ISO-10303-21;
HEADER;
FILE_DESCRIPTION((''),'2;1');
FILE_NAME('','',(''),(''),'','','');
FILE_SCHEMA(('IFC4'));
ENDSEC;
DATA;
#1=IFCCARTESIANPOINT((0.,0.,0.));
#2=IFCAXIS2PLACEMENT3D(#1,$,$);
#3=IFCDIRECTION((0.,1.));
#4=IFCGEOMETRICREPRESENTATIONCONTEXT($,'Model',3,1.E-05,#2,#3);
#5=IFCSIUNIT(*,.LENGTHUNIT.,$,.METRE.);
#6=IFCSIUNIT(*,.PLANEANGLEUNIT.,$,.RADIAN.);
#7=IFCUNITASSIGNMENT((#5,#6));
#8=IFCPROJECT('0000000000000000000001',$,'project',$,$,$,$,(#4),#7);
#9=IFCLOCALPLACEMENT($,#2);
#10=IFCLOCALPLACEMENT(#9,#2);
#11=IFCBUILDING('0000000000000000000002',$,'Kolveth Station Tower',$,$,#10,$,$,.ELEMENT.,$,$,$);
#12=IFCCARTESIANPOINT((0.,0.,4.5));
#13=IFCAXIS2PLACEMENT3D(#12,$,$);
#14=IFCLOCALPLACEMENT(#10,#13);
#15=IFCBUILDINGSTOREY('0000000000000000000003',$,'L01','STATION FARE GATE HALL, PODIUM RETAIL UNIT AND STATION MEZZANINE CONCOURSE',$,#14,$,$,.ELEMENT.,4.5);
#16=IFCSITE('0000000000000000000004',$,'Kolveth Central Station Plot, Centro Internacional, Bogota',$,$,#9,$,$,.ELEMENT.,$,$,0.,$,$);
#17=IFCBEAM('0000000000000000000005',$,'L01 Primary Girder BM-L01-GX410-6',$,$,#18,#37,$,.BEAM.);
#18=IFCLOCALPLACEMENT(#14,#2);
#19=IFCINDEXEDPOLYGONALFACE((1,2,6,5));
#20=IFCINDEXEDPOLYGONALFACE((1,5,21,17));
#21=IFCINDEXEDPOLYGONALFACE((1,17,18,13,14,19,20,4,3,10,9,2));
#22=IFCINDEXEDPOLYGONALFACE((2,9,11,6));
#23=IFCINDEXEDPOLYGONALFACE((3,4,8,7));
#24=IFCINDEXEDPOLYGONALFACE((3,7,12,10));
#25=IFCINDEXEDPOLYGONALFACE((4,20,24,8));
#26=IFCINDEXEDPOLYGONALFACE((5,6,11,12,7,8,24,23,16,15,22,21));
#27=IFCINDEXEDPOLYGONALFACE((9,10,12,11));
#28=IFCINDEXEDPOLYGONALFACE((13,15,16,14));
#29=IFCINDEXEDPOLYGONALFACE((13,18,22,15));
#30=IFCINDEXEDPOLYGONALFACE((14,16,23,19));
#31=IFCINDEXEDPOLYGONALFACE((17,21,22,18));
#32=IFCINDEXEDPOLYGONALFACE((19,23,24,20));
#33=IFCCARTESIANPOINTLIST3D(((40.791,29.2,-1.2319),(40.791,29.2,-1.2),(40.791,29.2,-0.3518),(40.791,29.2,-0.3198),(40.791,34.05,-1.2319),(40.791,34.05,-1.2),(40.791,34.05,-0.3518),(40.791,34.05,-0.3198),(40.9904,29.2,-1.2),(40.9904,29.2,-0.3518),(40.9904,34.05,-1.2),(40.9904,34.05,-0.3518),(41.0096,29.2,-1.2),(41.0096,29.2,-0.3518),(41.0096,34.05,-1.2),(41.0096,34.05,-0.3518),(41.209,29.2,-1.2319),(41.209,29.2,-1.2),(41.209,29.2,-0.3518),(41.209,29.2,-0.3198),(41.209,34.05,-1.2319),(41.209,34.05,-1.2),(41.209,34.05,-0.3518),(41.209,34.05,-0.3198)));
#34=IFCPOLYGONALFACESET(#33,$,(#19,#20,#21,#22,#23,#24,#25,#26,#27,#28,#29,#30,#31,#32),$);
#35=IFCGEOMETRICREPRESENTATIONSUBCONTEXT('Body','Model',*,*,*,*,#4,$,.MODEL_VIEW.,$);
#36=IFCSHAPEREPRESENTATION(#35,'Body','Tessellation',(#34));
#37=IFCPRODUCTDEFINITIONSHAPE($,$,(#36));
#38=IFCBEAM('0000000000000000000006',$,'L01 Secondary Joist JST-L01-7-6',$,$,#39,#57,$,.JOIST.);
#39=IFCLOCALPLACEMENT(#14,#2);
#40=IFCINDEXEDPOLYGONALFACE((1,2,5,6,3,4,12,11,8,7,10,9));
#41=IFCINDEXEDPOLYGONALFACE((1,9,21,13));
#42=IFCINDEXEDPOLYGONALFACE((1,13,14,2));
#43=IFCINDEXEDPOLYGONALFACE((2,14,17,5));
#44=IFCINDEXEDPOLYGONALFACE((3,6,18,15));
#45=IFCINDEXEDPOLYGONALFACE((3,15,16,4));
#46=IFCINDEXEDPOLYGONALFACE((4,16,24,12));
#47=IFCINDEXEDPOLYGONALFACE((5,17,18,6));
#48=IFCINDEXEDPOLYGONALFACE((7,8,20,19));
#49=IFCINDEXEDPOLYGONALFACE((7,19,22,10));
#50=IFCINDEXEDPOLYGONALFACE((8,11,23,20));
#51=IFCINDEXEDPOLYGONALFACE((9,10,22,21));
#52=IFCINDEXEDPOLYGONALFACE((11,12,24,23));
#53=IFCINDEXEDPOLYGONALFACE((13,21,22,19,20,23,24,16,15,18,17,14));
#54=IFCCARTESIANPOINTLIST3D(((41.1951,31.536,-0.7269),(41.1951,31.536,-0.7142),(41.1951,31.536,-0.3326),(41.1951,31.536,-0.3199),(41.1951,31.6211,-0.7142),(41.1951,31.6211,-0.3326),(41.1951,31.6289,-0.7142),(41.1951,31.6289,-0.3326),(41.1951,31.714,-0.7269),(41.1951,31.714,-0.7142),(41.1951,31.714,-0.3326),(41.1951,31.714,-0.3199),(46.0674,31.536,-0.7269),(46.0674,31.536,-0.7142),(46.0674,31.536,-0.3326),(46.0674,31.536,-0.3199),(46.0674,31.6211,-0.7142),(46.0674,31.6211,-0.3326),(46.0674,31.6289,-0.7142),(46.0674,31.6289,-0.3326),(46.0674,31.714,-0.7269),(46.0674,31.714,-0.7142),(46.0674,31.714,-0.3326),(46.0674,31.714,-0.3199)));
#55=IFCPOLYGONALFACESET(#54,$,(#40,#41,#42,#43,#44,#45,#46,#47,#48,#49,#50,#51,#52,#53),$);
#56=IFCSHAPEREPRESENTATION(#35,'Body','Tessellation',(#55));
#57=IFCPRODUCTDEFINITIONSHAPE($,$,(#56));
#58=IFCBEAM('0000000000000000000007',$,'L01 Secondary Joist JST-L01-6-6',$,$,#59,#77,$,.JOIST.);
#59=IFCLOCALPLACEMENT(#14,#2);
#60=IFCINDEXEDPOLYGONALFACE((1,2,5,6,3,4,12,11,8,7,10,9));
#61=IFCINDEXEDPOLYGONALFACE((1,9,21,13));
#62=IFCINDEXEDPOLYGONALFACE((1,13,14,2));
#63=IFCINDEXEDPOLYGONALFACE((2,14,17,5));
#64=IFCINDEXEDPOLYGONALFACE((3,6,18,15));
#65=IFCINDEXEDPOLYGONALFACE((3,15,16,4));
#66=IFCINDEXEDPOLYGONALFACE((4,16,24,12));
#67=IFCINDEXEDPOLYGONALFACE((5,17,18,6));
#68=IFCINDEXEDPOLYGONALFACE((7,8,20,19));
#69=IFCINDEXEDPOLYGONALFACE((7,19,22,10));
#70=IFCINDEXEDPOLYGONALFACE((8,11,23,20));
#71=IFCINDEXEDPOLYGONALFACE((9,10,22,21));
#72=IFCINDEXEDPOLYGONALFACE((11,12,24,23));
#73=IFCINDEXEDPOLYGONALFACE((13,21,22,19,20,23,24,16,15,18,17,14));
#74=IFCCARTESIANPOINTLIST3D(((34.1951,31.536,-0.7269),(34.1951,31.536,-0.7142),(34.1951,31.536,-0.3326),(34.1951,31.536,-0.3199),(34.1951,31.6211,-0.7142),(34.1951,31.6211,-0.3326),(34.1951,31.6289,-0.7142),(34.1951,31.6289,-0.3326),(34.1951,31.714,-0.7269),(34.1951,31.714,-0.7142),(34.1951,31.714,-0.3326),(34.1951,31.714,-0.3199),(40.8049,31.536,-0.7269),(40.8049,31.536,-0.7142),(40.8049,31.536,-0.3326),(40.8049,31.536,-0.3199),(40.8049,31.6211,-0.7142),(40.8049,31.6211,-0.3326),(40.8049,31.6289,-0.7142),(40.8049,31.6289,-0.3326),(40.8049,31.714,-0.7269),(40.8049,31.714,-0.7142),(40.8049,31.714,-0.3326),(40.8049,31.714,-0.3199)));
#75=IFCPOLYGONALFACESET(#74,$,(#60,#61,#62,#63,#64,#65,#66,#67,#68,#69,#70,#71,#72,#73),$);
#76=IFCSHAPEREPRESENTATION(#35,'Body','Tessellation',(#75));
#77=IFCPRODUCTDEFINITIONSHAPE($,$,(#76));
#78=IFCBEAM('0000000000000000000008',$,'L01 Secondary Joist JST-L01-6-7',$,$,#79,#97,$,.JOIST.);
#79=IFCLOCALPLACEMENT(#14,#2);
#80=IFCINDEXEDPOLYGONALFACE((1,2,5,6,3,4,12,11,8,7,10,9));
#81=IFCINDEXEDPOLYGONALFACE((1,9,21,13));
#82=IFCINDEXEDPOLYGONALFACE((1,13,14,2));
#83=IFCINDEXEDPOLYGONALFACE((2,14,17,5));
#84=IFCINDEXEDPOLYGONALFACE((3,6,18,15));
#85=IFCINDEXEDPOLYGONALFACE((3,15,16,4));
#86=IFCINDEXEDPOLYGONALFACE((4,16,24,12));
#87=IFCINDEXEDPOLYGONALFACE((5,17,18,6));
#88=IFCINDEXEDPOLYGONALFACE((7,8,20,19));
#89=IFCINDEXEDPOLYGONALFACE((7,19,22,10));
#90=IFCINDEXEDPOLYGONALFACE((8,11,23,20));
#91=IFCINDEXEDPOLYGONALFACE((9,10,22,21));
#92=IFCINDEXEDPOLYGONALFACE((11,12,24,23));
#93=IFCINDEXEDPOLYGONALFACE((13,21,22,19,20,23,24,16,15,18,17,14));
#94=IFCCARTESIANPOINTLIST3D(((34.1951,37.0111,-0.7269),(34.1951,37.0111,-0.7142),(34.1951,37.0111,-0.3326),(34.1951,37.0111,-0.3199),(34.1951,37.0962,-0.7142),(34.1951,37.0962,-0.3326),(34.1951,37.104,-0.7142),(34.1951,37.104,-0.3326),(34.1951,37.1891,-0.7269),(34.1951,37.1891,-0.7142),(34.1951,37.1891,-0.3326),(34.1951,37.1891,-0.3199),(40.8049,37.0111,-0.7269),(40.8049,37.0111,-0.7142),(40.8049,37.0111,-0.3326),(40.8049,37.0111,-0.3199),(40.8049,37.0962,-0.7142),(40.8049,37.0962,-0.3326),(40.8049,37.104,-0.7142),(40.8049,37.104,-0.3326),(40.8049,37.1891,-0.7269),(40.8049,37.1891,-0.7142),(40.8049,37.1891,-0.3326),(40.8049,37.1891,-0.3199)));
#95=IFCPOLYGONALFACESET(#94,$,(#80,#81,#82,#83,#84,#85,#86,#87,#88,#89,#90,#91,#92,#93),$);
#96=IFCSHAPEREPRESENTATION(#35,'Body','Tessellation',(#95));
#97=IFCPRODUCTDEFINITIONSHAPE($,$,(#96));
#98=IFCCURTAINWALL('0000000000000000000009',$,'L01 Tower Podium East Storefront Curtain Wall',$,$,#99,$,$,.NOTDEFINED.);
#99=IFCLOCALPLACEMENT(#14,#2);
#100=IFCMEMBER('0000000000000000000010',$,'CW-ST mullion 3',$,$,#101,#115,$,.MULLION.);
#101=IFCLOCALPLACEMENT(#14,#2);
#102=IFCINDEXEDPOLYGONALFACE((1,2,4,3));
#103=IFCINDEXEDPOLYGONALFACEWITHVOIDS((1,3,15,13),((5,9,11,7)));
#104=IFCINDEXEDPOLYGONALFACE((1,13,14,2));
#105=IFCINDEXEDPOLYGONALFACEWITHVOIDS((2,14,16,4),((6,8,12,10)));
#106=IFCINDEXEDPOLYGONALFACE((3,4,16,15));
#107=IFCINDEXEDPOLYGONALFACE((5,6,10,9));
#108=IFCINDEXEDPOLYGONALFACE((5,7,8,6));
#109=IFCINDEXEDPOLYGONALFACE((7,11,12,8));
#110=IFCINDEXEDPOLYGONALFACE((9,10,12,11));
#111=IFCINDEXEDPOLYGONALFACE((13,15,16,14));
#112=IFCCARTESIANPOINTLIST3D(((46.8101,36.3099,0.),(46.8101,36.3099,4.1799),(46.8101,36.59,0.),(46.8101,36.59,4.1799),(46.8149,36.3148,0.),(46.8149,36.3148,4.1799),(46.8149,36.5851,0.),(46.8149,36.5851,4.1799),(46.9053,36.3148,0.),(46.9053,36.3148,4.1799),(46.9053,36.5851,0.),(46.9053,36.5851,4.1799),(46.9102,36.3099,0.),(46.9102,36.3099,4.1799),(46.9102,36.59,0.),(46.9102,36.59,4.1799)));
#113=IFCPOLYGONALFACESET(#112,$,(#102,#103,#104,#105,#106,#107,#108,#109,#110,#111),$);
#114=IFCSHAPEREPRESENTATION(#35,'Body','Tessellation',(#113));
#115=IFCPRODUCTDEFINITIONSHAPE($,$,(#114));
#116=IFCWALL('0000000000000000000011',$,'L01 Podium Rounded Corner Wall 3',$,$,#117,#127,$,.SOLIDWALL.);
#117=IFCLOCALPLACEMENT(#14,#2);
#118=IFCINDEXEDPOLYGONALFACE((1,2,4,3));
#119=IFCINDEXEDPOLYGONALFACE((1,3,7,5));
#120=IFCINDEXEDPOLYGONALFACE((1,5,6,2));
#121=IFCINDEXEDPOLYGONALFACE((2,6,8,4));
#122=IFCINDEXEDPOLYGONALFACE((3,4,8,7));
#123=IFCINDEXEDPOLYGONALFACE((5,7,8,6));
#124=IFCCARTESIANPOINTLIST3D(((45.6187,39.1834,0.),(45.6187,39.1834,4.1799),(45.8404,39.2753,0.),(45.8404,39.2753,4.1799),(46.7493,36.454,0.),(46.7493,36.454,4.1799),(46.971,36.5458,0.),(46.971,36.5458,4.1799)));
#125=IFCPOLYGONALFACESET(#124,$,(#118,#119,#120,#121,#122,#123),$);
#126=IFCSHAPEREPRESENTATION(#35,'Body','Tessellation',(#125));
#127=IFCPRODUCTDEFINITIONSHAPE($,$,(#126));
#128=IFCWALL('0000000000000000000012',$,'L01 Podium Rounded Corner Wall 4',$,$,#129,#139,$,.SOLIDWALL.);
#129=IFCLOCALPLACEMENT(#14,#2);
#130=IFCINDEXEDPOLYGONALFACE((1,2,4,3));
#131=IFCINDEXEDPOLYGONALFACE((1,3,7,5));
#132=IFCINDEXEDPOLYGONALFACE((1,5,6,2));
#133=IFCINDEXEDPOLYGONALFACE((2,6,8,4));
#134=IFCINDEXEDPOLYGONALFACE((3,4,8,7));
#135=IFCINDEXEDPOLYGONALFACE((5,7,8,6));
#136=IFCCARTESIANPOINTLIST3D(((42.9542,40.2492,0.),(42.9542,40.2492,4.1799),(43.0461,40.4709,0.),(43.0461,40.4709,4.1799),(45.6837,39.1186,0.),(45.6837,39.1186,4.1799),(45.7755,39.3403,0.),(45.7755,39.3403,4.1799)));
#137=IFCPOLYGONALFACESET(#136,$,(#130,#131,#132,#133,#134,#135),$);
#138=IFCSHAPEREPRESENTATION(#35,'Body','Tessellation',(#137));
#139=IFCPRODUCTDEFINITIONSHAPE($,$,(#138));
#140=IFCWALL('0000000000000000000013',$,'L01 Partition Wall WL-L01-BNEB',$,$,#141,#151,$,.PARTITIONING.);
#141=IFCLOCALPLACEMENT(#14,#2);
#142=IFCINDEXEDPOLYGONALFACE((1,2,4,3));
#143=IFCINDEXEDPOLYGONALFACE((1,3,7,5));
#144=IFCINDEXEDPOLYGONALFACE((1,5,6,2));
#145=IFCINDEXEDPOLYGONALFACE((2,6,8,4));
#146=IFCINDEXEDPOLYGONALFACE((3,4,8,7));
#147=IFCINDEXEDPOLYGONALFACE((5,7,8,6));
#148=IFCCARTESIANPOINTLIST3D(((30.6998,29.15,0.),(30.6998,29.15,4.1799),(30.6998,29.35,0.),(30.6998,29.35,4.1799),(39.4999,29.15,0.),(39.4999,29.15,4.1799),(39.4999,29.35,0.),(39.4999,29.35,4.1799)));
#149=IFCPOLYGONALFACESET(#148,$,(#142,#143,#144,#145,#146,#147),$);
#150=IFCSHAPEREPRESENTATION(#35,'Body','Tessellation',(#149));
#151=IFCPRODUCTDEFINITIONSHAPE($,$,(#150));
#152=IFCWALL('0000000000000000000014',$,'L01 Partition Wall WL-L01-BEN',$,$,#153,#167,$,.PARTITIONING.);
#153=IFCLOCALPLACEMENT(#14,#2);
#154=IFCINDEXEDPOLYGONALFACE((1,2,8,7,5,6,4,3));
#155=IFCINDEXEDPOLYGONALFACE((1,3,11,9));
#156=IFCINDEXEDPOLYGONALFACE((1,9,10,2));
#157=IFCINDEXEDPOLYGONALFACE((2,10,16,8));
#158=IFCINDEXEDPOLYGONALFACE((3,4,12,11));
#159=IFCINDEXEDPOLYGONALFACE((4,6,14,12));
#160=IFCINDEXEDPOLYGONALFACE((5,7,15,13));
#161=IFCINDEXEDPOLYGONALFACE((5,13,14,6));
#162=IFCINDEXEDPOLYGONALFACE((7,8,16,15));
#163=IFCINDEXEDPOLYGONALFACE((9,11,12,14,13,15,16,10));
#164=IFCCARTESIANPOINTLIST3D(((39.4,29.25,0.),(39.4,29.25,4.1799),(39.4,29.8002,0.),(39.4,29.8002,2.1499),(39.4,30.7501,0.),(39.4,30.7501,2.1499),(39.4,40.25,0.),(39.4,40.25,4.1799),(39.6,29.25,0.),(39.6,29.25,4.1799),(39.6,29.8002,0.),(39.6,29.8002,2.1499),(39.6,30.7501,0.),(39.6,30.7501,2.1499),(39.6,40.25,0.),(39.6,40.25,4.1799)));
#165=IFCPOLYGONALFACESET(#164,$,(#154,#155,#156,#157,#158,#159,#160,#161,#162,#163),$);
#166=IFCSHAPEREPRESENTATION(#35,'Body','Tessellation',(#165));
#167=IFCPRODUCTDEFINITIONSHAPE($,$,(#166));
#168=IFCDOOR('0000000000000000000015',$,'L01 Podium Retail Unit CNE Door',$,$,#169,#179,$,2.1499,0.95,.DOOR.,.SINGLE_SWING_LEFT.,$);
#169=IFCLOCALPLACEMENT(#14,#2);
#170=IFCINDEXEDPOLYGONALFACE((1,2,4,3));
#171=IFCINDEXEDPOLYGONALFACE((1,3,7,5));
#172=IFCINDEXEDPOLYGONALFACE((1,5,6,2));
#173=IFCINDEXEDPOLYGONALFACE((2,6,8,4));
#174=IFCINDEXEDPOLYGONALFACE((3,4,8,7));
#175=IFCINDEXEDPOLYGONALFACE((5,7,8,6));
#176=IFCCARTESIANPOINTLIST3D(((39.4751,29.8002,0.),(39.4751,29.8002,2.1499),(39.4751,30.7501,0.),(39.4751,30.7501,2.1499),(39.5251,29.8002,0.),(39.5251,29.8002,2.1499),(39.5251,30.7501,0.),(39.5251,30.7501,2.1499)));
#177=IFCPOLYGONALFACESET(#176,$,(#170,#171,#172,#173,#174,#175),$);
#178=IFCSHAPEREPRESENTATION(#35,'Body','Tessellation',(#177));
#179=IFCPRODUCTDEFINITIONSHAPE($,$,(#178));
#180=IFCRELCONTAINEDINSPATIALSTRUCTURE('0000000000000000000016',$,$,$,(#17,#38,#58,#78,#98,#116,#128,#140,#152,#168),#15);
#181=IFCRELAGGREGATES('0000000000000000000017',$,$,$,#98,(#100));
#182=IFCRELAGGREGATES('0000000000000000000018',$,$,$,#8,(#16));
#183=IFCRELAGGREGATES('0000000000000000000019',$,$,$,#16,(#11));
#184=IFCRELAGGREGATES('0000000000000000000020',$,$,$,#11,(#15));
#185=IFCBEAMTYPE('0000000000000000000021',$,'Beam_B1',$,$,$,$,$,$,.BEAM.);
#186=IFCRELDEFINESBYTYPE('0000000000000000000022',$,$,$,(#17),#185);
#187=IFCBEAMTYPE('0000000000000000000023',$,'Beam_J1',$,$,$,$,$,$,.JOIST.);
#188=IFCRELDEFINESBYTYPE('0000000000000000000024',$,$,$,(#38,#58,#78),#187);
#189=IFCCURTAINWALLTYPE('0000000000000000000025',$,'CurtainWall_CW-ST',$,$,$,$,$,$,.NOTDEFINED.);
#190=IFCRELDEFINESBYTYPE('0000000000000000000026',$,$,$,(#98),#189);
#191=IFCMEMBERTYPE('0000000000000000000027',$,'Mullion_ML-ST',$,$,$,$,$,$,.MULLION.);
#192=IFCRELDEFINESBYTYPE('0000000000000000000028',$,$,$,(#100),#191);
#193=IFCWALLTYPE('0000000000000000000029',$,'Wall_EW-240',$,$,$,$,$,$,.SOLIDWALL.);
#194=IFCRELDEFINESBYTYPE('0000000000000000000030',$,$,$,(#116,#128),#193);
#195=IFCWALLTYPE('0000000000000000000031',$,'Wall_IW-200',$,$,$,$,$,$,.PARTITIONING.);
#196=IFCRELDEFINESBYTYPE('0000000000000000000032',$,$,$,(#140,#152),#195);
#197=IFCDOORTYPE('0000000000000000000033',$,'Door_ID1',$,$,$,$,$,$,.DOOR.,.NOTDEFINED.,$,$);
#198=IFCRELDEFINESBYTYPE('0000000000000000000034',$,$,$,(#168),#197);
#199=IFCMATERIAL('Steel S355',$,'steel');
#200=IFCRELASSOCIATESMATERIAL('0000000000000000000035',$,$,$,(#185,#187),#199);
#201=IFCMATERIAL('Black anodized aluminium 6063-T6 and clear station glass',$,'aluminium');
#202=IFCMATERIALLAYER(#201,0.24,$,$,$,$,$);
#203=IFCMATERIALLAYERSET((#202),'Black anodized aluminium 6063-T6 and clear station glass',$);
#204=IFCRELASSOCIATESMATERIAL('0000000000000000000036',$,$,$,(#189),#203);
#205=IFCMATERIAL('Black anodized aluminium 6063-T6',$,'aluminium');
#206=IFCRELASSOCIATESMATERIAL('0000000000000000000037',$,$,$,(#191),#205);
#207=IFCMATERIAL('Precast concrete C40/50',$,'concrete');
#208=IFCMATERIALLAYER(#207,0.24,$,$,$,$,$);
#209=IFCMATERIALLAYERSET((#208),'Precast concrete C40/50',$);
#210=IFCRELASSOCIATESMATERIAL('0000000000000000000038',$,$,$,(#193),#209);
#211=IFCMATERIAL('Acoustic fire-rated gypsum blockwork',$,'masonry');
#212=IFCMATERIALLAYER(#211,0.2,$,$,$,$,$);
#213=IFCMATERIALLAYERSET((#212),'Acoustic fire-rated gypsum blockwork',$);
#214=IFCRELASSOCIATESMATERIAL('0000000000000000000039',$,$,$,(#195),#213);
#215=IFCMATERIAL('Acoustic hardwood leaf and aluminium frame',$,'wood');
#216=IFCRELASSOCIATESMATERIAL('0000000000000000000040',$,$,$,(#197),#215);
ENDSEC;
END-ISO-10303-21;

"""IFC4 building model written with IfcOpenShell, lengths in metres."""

from ifc_helpers import new_model, si_unit, direction, frame, frame_2d, origin, origin_2d, place, context, subcontext, project, spatial, rectangle, hollow_rectangle, i_section, extrude, source, transform, mapped, material, layer, layer_set, material_profile, profile_set, type_object, element, fill, aggregate, save


model = new_model("IFC4")

# Units and contexts
model_context = context("Model", 3, precision=1e-05, world=origin(), true_north=direction((0.0, 1.0)))
body_context = subcontext(model_context, "Body", "Model", "MODEL_VIEW")
ifc_project = project(units=[si_unit("LENGTHUNIT", "METRE"), si_unit("PLANEANGLEUNIT", "RADIAN")], contexts=[model_context])

# Site, building, storey
site_placement = place(None, origin())
site = spatial("IfcSite", under=ifc_project, at=site_placement, Name="Kolveth Central Station Plot, Centro Internacional, Bogota", CompositionType="ELEMENT", RefElevation=0.0)
building_placement = place(site_placement, origin())
building = spatial("IfcBuilding", under=site, at=building_placement, Name="Kolveth Station Tower", CompositionType="ELEMENT")
storey_placement = place(building_placement, frame((0.0, 0.0, 4.5)))
storey = spatial("IfcBuildingStorey", under=building, at=storey_placement, Name="L01", Description="STATION FARE GATE HALL, PODIUM RETAIL UNIT AND STATION MEZZANINE CONCOURSE", CompositionType="ELEMENT", Elevation=4.5)

# Beams
ifc_material_1 = material(Name="Steel S355", Category="steel")
ifc_material_profile_1 = material_profile(ifc_material_1, i_section(OverallWidth=0.418, OverallDepth=0.9121, WebThickness=0.0193, FlangeThickness=0.032, at=origin_2d()), Name="W920x342")
ifc_profile_set_1 = profile_set([ifc_material_profile_1], Name="Steel S355")
beam_type_1 = type_object("IfcBeamType", Name="Beam_B1", PredefinedType="BEAM", material=ifc_profile_set_1)
shared_shape_1 = source(origin(), body_context, "Body", "SweptSolid", [
    extrude(i_section(OverallWidth=0.418, OverallDepth=0.9121, WebThickness=0.0193, FlangeThickness=0.032, at=origin_2d()), origin(), (0.0, 0.0, 1.0), 4.8501),
])
for number, where, z_axis, x_axis, name in (
    (1, (41.0, 29.2, -0.7759), (0.0, 1.0, 0.0), (-1.0, 0.0, 0.0), "L01 Primary Girder BM-L01-GX410-6"),
):
    element("IfcBeam", number, at=place(storey_placement, frame(where, z_axis=z_axis, x_axis=x_axis)), inside=storey, type_object=beam_type_1, Name=name, PredefinedType="BEAM", context=body_context, shape_type="MappedRepresentation", body=[
        mapped(shared_shape_1, transform((0.0, 0.0, 0.0), x_axis=(1.0, 0.0, 0.0), y_axis=(0.0, 1.0, 0.0), z_axis=(0.0, 0.0, 1.0), scale=1.0)),
    ])
ifc_material_profile_2 = material_profile(ifc_material_1, i_section(OverallWidth=0.178, OverallDepth=0.407, WebThickness=0.0078, FlangeThickness=0.0127, at=origin_2d()), Name="W410x60")
ifc_profile_set_2 = profile_set([ifc_material_profile_2], Name="Steel S355")
beam_type_2 = type_object("IfcBeamType", Name="Beam_J1", PredefinedType="JOIST", material=ifc_profile_set_2)
shared_shape_2 = source(origin(), body_context, "Body", "SweptSolid", [
    extrude(i_section(OverallWidth=0.178, OverallDepth=0.407, WebThickness=0.0078, FlangeThickness=0.0127, at=origin_2d()), origin(), (0.0, 0.0, 1.0), 4.8723),
])
beam_1_placement = place(storey_placement, frame((41.1951, 31.625, -0.5234), z_axis=(1.0, 0.0, 0.0), x_axis=(0.0, 1.0, 0.0)))
element("IfcBeam", 2, at=beam_1_placement, inside=storey, type_object=beam_type_2, Name="L01 Secondary Joist JST-L01-7-6", PredefinedType="JOIST", context=body_context, shape_type="MappedRepresentation", body=[
    mapped(shared_shape_2, transform((0.0, 0.0, 0.0), x_axis=(1.0, 0.0, 0.0), y_axis=(0.0, 1.0, 0.0), z_axis=(0.0, 0.0, 1.0), scale=1.0)),
])
shared_shape_3 = source(origin(), body_context, "Body", "SweptSolid", [
    extrude(i_section(OverallWidth=0.178, OverallDepth=0.407, WebThickness=0.0078, FlangeThickness=0.0127, at=origin_2d()), origin(), (0.0, 0.0, 1.0), 6.6099),
])
for number, where, z_axis, x_axis, name in (
    (3, (34.1951, 31.625, -0.5234), (1.0, 0.0, 0.0), (0.0, 1.0, 0.0), "L01 Secondary Joist JST-L01-6-6"),
    (4, (34.1951, 37.1001, -0.5234), (1.0, 0.0, 0.0), (0.0, 1.0, 0.0), "L01 Secondary Joist JST-L01-6-7"),
):
    element("IfcBeam", number, at=place(storey_placement, frame(where, z_axis=z_axis, x_axis=x_axis)), inside=storey, type_object=beam_type_2, Name=name, PredefinedType="JOIST", context=body_context, shape_type="MappedRepresentation", body=[
        mapped(shared_shape_3, transform((0.0, 0.0, 0.0), x_axis=(1.0, 0.0, 0.0), y_axis=(0.0, 1.0, 0.0), z_axis=(0.0, 0.0, 1.0), scale=1.0)),
    ])

# Curtain wall, member
ifc_material_2 = material(Name="Black anodized aluminium 6063-T6 and clear station glass", Category="aluminium")
ifc_layer_1 = layer(ifc_material_2, 0.24)
ifc_layer_set_1 = layer_set([ifc_layer_1], Name="Black anodized aluminium 6063-T6 and clear station glass")
curtain_wall_type = type_object("IfcCurtainWallType", Name="CurtainWall_CW-ST", PredefinedType="NOTDEFINED", material=ifc_layer_set_1)
curtain_wall_placement = place(storey_placement, origin())
curtain_wall = element("IfcCurtainWall", 5, at=curtain_wall_placement, inside=storey, type_object=curtain_wall_type, Name="L01 Tower Podium East Storefront Curtain Wall", PredefinedType="NOTDEFINED")
ifc_material_3 = material(Name="Black anodized aluminium 6063-T6", Category="aluminium")
ifc_material_profile_3 = material_profile(ifc_material_3, hollow_rectangle(XDim=0.1001, YDim=0.28, WallThickness=0.0049, at=origin_2d()), Name="ALU-100x280x5")
ifc_profile_set_3 = profile_set([ifc_material_profile_3], Name="Black anodized aluminium 6063-T6")
member_type = type_object("IfcMemberType", Name="Mullion_ML-ST", PredefinedType="MULLION", material=ifc_profile_set_3)
shared_shape_4 = source(origin(), body_context, "Body", "SweptSolid", [
    extrude(hollow_rectangle(XDim=0.1001, YDim=0.28, WallThickness=0.0049, at=origin_2d()), origin(), (0.0, 0.0, 1.0), 4.1799),
])
member_placement = place(storey_placement, frame((46.8601, 36.45, 0.0), z_axis=(0.0, 0.0, 1.0), x_axis=(-1.0, 0.0, 0.0)))
member = element("IfcMember", 6, at=member_placement, type_object=member_type, Name="CW-ST mullion 3", PredefinedType="MULLION", context=body_context, shape_type="MappedRepresentation", body=[
    mapped(shared_shape_4, transform((0.0, 0.0, 0.0), x_axis=(1.0, 0.0, 0.0), y_axis=(0.0, 1.0, 0.0), z_axis=(0.0, 0.0, 1.0), scale=1.0)),
])
aggregate(curtain_wall, [member])

# Walls
ifc_material_4 = material(Name="Precast concrete C40/50", Category="concrete")
ifc_layer_2 = layer(ifc_material_4, 0.24)
ifc_layer_set_2 = layer_set([ifc_layer_2], Name="Precast concrete C40/50")
wall_type_1 = type_object("IfcWallType", Name="Wall_EW-240", PredefinedType="SOLIDWALL", material=ifc_layer_set_2)
for number, where, z_axis, x_axis, name in (
    (7, (46.8601, 36.5, 0.0), (0.0, 0.0, 1.0), (-0.38269, 0.923877, 0.0), "L01 Podium Rounded Corner Wall 3"),
    (8, (45.7295, 39.2295, 0.0), (0.0, 0.0, 1.0), (-0.923877, 0.38269, 0.0), "L01 Podium Rounded Corner Wall 4"),
):
    element("IfcWall", number, at=place(storey_placement, frame(where, z_axis=z_axis, x_axis=x_axis)), inside=storey, type_object=wall_type_1, Name=name, PredefinedType="SOLIDWALL", context=body_context, shape_type="SweptSolid", body=[
        extrude(rectangle(XDim=2.9543, YDim=0.24, at=frame_2d((1.4771, 0.0))), origin(), (0.0, 0.0, 1.0), 4.1799),
    ])
ifc_material_5 = material(Name="Acoustic fire-rated gypsum blockwork", Category="masonry")
ifc_layer_3 = layer(ifc_material_5, 0.2)
ifc_layer_set_3 = layer_set([ifc_layer_3], Name="Acoustic fire-rated gypsum blockwork")
wall_type_2 = type_object("IfcWallType", Name="Wall_IW-200", PredefinedType="PARTITIONING", material=ifc_layer_set_3)
wall_1_placement = place(storey_placement, frame((30.7, 29.25, 0.0), z_axis=(0.0, 0.0, 1.0), x_axis=(1.0, 0.0, 0.0)))
element("IfcWall", 9, at=wall_1_placement, inside=storey, type_object=wall_type_2, Name="L01 Partition Wall WL-L01-BNEB", PredefinedType="PARTITIONING", context=body_context, shape_type="SweptSolid", body=[
    extrude(rectangle(XDim=8.8, YDim=0.2, at=frame_2d((4.3999, 0.0))), origin(), (0.0, 0.0, 1.0), 4.1799),
])

# Wall, opening, door
wall_2_placement = place(storey_placement, frame((39.5, 29.25, 0.0), z_axis=(0.0, 0.0, 1.0), x_axis=(0.0, 1.0, 0.0)))
wall_2 = element("IfcWall", 10, at=wall_2_placement, inside=storey, type_object=wall_type_2, Name="L01 Partition Wall WL-L01-BEN", PredefinedType="PARTITIONING", context=body_context, shape_type="SweptSolid", body=[
    extrude(rectangle(XDim=11.0, YDim=0.2, at=frame_2d((5.5, 0.0))), origin(), (0.0, 0.0, 1.0), 4.1799),
])
opening_placement = place(wall_2_placement, frame((0.55, 0.0, 0.0)))
opening = element("IfcOpeningElement", 11, at=opening_placement, cuts=wall_2, PredefinedType="OPENING", context=body_context, shape_type="SweptSolid", body=[
    extrude(rectangle(XDim=0.95, YDim=2.1499, at=frame_2d((0.4751, 1.075))), frame((0.0, 0.1099, 0.0), z_axis=(0.0, -1.0, 0.0), x_axis=(1.0, 0.0, 0.0)), (0.0, 0.0, 1.0), 0.22),
])
ifc_material_6 = material(Name="Acoustic hardwood leaf and aluminium frame", Category="wood")
door_type = type_object("IfcDoorType", Name="Door_ID1", OperationType="NOTDEFINED", PredefinedType="DOOR", material=ifc_material_6)
door_placement = place(opening_placement, origin())
door = element("IfcDoor", 12, at=door_placement, inside=storey, type_object=door_type, Name="L01 Podium Retail Unit CNE Door", OperationType="SINGLE_SWING_LEFT", OverallHeight=2.1499, OverallWidth=0.95, PredefinedType="DOOR", context=body_context, shape_type="SweptSolid", body=[
    extrude(rectangle(XDim=0.95, YDim=2.1499, at=frame_2d((0.4751, 1.075))), frame((0.0, 0.0249, 0.0), z_axis=(0.0, -1.0, 0.0), x_axis=(1.0, 0.0, 0.0)), (0.0, 0.0, 1.0), 0.05),
])
fill(opening, door)

save(model, "model.ifc")
